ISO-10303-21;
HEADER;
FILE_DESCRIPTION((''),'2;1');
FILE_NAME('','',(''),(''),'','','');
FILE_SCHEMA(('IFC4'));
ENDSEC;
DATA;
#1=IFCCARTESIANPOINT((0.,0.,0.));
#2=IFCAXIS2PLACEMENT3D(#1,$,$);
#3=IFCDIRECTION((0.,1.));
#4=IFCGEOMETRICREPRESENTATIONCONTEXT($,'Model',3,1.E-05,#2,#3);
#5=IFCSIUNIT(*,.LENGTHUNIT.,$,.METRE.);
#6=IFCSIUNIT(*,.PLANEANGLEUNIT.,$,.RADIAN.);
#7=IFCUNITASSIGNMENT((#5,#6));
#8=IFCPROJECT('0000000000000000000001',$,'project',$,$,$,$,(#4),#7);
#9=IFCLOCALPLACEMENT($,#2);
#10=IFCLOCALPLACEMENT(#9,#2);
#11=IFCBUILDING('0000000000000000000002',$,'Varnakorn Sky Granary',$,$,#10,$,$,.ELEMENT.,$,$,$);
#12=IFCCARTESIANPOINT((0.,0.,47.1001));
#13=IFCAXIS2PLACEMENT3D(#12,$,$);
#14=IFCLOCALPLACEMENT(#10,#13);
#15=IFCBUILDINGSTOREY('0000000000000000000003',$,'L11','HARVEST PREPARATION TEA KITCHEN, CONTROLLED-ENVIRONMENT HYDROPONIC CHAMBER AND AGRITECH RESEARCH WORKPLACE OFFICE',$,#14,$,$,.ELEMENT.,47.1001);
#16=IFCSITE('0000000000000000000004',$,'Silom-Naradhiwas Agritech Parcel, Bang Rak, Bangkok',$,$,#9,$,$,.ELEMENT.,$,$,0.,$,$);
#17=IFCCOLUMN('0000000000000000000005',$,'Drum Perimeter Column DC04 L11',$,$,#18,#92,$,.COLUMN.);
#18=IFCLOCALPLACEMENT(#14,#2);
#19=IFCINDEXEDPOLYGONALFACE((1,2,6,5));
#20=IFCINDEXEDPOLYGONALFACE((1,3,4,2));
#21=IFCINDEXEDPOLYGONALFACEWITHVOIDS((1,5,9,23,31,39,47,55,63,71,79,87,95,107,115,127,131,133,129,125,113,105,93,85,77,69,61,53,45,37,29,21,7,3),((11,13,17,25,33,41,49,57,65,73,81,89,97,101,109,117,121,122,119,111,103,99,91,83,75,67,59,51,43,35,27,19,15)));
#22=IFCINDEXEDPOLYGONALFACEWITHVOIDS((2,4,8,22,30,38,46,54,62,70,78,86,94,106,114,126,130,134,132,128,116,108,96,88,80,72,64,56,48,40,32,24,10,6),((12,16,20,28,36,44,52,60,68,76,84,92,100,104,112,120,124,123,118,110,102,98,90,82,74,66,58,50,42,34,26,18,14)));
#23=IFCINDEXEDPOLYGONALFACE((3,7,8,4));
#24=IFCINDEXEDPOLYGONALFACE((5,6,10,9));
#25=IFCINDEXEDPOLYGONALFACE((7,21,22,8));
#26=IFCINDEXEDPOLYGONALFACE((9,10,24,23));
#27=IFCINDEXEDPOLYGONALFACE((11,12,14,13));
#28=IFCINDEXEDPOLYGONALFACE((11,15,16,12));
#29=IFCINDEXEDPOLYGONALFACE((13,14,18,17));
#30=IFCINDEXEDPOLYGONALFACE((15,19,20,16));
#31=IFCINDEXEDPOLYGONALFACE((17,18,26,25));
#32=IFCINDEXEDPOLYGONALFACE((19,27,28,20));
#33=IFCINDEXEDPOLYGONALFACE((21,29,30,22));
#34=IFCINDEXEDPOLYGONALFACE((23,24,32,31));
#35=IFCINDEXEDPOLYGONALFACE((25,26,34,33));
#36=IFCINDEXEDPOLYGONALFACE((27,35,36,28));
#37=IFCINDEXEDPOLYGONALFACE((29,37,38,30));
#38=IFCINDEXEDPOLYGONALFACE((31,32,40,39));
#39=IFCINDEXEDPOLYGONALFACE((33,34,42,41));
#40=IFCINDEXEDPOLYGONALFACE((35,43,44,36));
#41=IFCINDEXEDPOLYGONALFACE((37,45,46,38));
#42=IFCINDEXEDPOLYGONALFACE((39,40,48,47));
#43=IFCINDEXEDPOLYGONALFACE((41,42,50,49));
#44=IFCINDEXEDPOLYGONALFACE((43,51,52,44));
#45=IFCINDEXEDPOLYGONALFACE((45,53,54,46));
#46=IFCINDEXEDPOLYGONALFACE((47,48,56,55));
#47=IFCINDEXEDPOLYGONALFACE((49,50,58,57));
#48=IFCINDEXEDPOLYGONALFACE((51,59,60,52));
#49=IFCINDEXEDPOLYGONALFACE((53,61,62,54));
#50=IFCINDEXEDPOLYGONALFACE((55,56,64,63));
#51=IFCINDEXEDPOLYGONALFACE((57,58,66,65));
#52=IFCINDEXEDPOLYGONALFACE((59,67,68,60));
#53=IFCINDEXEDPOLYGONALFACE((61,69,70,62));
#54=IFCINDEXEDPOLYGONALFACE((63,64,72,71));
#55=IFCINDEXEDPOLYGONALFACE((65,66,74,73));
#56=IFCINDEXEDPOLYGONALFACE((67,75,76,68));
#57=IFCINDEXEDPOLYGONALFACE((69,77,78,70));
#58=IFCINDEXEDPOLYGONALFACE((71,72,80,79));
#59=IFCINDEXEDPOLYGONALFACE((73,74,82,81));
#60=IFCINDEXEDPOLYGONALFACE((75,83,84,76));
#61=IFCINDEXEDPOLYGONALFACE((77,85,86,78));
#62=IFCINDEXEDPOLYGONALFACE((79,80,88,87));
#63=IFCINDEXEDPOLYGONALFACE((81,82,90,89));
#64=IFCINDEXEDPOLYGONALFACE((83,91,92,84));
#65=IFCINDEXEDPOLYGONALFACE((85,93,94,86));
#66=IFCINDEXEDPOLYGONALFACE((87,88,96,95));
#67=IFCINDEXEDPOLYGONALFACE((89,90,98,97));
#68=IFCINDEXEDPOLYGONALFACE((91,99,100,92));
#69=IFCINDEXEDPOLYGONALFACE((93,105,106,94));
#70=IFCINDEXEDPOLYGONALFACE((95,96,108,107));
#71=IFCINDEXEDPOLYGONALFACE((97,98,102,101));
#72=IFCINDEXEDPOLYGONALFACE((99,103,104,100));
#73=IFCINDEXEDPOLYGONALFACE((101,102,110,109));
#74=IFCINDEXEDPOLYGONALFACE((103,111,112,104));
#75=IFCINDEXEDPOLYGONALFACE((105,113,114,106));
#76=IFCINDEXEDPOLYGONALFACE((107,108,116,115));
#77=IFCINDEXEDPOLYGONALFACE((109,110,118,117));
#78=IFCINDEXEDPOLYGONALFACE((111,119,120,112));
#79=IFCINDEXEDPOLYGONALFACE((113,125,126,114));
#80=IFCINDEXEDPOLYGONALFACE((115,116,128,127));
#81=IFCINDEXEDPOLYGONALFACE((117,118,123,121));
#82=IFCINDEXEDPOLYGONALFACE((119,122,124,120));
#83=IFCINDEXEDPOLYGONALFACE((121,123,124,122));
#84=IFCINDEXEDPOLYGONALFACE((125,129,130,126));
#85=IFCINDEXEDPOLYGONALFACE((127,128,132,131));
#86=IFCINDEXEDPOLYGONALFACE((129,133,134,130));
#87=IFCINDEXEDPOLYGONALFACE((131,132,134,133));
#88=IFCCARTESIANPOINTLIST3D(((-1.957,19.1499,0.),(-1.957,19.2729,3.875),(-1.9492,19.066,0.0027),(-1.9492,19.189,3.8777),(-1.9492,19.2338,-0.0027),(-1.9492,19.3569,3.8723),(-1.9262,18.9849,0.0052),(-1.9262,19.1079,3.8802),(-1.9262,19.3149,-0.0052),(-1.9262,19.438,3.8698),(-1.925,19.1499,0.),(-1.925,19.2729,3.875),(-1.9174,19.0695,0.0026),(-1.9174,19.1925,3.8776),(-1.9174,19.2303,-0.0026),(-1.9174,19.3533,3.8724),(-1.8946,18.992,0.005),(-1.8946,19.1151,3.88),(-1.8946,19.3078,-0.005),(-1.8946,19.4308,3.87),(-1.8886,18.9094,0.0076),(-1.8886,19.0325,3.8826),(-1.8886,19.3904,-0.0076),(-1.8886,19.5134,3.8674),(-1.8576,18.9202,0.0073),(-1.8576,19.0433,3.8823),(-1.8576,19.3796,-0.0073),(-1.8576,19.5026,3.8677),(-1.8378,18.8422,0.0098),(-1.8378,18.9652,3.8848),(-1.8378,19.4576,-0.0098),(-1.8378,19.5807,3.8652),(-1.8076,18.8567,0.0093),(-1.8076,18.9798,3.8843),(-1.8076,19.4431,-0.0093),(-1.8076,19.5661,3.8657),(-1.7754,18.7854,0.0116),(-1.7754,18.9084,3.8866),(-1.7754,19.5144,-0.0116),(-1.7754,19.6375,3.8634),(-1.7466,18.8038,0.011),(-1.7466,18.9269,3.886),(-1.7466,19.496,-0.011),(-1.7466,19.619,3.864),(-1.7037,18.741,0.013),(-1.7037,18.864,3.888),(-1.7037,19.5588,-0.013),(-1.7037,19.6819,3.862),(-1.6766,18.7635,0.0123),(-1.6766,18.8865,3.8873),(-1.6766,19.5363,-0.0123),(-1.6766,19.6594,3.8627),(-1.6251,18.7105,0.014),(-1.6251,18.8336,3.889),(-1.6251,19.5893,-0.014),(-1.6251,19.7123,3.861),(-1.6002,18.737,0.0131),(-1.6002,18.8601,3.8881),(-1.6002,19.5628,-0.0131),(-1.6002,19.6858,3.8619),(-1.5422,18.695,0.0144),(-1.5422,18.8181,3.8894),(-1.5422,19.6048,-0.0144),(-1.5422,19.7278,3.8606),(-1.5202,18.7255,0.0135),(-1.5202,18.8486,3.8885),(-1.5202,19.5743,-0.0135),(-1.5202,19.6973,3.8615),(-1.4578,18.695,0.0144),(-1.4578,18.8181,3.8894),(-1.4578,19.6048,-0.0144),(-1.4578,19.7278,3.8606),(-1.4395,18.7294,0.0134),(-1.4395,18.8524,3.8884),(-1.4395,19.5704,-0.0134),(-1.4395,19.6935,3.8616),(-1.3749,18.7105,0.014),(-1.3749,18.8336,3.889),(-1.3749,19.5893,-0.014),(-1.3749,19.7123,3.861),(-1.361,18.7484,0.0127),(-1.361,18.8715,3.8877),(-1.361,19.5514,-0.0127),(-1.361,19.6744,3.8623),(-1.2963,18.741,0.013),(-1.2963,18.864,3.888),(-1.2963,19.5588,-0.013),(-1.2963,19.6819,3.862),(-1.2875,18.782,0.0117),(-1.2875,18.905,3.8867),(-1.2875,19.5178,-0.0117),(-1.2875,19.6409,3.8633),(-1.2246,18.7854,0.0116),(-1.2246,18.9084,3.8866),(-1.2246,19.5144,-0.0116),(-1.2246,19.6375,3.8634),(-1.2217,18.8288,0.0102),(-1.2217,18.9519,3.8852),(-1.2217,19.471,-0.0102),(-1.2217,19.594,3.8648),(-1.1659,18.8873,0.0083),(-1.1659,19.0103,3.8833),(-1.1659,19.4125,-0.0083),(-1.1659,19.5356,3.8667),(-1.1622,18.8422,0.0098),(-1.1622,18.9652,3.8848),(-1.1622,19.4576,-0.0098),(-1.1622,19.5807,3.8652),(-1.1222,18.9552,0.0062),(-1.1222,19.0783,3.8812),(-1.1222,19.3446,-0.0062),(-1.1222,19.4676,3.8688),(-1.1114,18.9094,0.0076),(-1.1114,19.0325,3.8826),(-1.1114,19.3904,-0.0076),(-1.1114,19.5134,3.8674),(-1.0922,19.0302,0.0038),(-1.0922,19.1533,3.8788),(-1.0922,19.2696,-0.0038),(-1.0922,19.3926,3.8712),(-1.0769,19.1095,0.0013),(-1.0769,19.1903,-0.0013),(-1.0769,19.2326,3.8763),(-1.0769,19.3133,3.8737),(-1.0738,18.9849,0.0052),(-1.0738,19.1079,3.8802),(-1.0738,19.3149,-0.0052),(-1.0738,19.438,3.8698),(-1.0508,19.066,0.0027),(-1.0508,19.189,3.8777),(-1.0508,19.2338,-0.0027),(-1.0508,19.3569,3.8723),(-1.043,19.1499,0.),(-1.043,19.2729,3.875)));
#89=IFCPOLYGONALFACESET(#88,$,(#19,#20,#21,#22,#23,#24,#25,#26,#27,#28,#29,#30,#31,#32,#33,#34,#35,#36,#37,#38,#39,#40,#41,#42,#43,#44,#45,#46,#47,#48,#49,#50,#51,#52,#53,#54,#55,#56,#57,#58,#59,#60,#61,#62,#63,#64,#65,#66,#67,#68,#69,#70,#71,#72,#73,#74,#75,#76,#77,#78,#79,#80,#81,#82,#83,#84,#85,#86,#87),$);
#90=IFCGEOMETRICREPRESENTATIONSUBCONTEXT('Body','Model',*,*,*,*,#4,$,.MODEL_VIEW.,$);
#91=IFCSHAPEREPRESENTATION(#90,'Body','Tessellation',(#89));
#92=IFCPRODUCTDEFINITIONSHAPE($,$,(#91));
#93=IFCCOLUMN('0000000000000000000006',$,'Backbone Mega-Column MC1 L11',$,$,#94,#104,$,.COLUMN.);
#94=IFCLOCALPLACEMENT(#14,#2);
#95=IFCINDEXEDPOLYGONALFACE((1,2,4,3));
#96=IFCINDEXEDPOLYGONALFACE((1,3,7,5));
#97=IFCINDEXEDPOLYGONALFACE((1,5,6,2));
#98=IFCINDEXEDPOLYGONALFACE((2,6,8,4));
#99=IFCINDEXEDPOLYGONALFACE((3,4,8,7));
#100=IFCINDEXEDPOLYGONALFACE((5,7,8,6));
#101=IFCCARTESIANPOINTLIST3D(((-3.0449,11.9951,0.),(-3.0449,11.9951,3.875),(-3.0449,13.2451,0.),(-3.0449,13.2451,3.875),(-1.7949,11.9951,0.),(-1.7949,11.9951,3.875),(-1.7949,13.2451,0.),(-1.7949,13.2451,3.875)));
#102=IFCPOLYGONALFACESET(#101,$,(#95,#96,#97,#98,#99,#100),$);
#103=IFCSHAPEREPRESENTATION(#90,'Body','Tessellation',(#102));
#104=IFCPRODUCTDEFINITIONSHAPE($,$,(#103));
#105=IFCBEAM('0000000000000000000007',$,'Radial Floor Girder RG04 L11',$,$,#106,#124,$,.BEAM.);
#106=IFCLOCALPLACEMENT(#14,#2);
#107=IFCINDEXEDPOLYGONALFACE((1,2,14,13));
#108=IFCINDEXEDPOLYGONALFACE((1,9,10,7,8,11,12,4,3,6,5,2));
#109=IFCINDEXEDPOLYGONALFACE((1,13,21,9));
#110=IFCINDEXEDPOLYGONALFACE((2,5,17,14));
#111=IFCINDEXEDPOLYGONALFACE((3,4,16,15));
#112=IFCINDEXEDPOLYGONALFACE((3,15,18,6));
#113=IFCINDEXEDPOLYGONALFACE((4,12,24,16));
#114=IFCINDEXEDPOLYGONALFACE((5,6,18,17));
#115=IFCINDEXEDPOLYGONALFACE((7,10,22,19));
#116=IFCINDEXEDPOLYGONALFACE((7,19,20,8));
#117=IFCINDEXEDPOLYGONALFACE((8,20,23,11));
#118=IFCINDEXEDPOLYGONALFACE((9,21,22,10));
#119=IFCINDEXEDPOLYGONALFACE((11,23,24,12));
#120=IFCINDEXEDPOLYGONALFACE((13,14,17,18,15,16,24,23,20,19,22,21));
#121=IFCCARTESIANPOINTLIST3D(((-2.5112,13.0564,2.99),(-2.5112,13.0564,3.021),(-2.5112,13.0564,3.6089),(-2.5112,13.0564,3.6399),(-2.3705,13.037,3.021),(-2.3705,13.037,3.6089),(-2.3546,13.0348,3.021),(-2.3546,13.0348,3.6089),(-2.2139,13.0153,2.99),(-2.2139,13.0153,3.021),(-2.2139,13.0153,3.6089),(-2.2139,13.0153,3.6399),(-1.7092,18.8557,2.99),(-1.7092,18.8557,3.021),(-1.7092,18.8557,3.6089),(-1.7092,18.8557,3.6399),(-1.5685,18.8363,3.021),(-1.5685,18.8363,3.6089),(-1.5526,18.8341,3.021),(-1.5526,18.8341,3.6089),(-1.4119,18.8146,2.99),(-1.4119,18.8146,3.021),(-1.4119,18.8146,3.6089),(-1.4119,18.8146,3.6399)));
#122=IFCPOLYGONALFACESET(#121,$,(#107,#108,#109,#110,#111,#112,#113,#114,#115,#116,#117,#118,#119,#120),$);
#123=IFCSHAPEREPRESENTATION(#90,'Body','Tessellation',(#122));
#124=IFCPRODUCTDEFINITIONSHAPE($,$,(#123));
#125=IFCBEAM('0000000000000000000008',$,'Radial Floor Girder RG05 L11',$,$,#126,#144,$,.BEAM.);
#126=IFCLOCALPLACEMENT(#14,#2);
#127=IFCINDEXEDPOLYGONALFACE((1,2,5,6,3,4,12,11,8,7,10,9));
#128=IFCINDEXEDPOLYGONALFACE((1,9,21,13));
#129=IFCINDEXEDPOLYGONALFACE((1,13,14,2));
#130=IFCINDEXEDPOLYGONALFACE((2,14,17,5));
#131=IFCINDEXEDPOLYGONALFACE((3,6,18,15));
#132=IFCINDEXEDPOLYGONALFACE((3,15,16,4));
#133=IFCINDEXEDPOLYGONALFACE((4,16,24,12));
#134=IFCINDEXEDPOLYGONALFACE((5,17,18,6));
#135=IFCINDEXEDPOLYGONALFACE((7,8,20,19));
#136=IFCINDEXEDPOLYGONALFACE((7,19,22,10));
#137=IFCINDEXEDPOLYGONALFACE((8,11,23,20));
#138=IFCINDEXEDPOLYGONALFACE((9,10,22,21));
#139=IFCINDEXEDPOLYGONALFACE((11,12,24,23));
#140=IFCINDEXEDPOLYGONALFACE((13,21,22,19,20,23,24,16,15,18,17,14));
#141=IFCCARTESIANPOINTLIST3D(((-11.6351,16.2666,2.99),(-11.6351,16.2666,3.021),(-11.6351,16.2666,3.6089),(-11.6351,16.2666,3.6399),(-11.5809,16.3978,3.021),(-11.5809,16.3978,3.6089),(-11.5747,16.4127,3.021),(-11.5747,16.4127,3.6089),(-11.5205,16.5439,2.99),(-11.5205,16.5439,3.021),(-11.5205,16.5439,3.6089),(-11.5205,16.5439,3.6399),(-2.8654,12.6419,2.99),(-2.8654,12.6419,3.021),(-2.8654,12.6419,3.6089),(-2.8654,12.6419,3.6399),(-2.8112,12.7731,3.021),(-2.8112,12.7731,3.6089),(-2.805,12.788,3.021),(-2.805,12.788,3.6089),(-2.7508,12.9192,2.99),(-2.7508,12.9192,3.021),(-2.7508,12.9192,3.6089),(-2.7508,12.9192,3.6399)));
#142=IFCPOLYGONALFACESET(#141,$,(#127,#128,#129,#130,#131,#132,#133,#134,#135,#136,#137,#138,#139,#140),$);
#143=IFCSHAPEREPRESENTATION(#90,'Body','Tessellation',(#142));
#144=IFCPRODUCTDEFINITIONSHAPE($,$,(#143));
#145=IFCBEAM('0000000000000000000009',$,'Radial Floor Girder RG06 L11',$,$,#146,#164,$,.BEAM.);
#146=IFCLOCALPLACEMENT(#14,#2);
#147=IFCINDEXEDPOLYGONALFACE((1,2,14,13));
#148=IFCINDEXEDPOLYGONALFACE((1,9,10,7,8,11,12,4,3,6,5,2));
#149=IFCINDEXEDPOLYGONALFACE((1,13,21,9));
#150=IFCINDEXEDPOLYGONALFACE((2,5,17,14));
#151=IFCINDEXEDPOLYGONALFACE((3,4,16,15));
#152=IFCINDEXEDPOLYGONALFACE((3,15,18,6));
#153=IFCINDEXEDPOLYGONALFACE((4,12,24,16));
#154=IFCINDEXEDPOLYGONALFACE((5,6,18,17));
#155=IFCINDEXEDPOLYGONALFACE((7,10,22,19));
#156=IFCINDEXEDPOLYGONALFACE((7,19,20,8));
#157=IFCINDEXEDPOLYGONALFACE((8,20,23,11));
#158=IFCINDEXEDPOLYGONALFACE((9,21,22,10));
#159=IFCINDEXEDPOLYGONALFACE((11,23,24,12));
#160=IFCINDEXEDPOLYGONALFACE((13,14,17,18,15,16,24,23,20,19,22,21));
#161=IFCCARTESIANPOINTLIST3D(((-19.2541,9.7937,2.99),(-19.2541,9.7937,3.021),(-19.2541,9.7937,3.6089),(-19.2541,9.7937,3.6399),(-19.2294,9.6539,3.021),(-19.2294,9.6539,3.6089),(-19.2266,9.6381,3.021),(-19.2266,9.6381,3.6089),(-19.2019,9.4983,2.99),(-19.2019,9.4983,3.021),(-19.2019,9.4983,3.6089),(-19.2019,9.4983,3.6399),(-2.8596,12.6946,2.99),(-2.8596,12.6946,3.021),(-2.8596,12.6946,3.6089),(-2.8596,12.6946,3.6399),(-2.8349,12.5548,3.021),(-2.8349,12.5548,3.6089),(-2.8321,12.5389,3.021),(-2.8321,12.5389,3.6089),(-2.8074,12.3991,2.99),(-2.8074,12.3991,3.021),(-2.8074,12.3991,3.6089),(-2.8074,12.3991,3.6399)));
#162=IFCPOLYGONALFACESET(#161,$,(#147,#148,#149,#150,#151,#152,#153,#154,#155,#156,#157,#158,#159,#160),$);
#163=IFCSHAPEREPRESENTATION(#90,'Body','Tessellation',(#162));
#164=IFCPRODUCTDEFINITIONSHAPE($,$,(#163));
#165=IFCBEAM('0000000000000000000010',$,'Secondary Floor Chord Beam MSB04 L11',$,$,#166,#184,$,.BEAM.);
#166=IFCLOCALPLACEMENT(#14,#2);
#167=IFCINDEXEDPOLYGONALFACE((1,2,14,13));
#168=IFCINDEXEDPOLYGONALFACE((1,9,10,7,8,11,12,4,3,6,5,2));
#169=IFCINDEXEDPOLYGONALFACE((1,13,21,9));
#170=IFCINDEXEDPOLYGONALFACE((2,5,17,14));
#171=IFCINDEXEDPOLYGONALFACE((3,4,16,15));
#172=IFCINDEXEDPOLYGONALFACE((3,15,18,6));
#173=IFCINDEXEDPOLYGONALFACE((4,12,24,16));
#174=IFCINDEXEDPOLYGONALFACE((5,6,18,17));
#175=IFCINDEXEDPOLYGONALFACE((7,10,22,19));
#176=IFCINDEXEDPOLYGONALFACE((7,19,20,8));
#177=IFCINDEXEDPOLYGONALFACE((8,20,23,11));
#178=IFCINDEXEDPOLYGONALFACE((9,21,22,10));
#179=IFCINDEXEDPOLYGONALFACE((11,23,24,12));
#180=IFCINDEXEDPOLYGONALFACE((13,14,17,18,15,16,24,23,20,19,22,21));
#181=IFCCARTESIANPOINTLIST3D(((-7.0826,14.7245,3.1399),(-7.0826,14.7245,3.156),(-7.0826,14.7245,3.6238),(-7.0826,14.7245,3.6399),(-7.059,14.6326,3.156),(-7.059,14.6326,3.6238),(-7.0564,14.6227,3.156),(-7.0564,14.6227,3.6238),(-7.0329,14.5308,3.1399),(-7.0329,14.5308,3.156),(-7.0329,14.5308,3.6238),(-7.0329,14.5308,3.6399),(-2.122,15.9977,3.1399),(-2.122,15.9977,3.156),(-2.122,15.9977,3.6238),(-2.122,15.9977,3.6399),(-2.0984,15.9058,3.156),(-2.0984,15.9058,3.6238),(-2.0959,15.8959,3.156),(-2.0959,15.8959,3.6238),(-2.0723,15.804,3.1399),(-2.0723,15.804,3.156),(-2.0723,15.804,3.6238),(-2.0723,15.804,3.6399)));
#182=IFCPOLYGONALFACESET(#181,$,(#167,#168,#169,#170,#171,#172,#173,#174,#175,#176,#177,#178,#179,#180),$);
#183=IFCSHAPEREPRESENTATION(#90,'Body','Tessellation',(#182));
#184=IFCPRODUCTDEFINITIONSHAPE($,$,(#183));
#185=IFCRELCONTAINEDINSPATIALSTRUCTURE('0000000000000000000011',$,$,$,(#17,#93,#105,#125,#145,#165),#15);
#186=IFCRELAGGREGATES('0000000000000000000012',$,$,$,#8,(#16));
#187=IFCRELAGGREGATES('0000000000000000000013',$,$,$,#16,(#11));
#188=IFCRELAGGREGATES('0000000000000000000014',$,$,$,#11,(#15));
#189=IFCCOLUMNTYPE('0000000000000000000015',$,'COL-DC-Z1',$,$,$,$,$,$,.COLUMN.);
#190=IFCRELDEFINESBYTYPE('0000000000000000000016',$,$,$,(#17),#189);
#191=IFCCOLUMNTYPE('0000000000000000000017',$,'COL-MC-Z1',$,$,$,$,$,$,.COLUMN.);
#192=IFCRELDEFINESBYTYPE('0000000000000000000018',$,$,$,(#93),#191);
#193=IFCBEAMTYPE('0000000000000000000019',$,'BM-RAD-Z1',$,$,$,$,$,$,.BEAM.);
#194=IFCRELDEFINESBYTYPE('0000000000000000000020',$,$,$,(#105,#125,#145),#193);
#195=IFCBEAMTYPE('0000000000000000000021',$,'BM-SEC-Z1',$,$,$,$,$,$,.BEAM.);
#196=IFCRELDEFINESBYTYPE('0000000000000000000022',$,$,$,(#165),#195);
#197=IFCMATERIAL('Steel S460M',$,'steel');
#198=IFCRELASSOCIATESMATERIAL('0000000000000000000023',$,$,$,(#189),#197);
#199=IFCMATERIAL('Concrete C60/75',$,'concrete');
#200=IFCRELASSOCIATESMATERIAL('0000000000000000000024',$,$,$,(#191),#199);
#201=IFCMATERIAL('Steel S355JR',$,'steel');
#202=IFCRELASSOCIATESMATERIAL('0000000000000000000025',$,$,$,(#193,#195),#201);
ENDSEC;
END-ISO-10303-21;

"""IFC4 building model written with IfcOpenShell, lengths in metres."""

from ifc_helpers import new_model, si_unit, direction, frame, origin, origin_2d, place, context, subcontext, project, spatial, rectangle, hollow_circle, i_section, extrude, material, material_profile, profile_set, type_object, element, save


model = new_model("IFC4")

# Units and contexts
model_context = context("Model", 3, precision=1e-05, world=origin(), true_north=direction((0.0, 1.0)))
body_context = subcontext(model_context, "Body", "Model", "MODEL_VIEW")
ifc_project = project(units=[si_unit("LENGTHUNIT", "METRE"), si_unit("PLANEANGLEUNIT", "RADIAN")], contexts=[model_context])

# Site, building, storey
site_placement = place(None, origin())
site = spatial("IfcSite", under=ifc_project, at=site_placement, Name="Silom-Naradhiwas Agritech Parcel, Bang Rak, Bangkok", CompositionType="ELEMENT", RefElevation=0.0)
building_placement = place(site_placement, origin())
building = spatial("IfcBuilding", under=site, at=building_placement, Name="Varnakorn Sky Granary", CompositionType="ELEMENT")
storey_placement = place(building_placement, frame((0.0, 0.0, 47.1001)))
storey = spatial("IfcBuildingStorey", under=building, at=storey_placement, Name="L11", Description="HARVEST PREPARATION TEA KITCHEN, CONTROLLED-ENVIRONMENT HYDROPONIC CHAMBER AND AGRITECH RESEARCH WORKPLACE OFFICE", CompositionType="ELEMENT", Elevation=47.1001)

# Columns
ifc_material_1 = material(Name="Steel S460M", Category="steel")
ifc_material_profile_1 = material_profile(ifc_material_1, hollow_circle(Radius=0.457, WallThickness=0.032, at=origin_2d()), Name="CHS 914x32")
ifc_profile_set_1 = profile_set([ifc_material_profile_1], Name="Steel S460M")
column_type_1 = type_object("IfcColumnType", Name="COL-DC-Z1", PredefinedType="COLUMN", material=ifc_profile_set_1)
column_1_placement = place(storey_placement, frame((-1.5, 19.1499, 0.0), z_axis=(0.0, 0.031738, 0.999496), x_axis=(-1.0, 0.0, 0.0)))
element("IfcColumn", 1, at=column_1_placement, inside=storey, type_object=column_type_1, Name="Drum Perimeter Column DC04 L11", PredefinedType="COLUMN", context=body_context, shape_type="SweptSolid", body=[
    extrude(hollow_circle(Radius=0.457, WallThickness=0.032, at=origin_2d()), origin(), (0.0, 0.0, 1.0), 3.877),
])
ifc_material_2 = material(Name="Concrete C60/75", Category="concrete")
ifc_material_profile_2 = material_profile(ifc_material_2, rectangle(XDim=1.25, YDim=1.25, at=origin_2d()), Name="RC 1250x1250")
ifc_profile_set_2 = profile_set([ifc_material_profile_2], Name="Concrete C60/75")
column_type_2 = type_object("IfcColumnType", Name="COL-MC-Z1", PredefinedType="COLUMN", material=ifc_profile_set_2)
column_2_placement = place(storey_placement, frame((-2.4199, 12.6201, 0.0), z_axis=(0.0, 0.0, 1.0), x_axis=(1.0, 0.0, 0.0)))
element("IfcColumn", 2, at=column_2_placement, inside=storey, type_object=column_type_2, Name="Backbone Mega-Column MC1 L11", PredefinedType="COLUMN", context=body_context, shape_type="SweptSolid", body=[
    extrude(rectangle(XDim=1.25, YDim=1.25, at=origin_2d()), origin(), (0.0, 0.0, 1.0), 3.875),
])

# Beams
ifc_material_3 = material(Name="Steel S355JR", Category="steel")
ifc_material_profile_3 = material_profile(ifc_material_3, i_section(OverallWidth=0.3, OverallDepth=0.6499, WebThickness=0.0161, FlangeThickness=0.031, at=origin_2d()), Name="HE 650 B")
ifc_profile_set_3 = profile_set([ifc_material_profile_3], Name="Steel S355JR")
beam_type_1 = type_object("IfcBeamType", Name="BM-RAD-Z1", PredefinedType="BEAM", material=ifc_profile_set_3)
beam_1_placement = place(storey_placement, frame((-2.3625, 13.0359, 3.3149), z_axis=(0.136989, 0.990573, 0.0), x_axis=(-0.990573, 0.136989, 0.0)))
element("IfcBeam", 3, at=beam_1_placement, inside=storey, type_object=beam_type_1, Name="Radial Floor Girder RG04 L11", PredefinedType="BEAM", context=body_context, shape_type="SweptSolid", body=[
    extrude(i_section(OverallWidth=0.3, OverallDepth=0.6499, WebThickness=0.0161, FlangeThickness=0.031, at=origin_2d()), origin(), (0.0, 0.0, 1.0), 5.8545),
])
beam_2_placement = place(storey_placement, frame((-2.8081, 12.7805, 3.3149), z_axis=(-0.92417, 0.381981, 0.0), x_axis=(-0.381981, -0.92417, 0.0)))
element("IfcBeam", 4, at=beam_2_placement, inside=storey, type_object=beam_type_1, Name="Radial Floor Girder RG05 L11", PredefinedType="BEAM", context=body_context, shape_type="SweptSolid", body=[
    extrude(i_section(OverallWidth=0.3, OverallDepth=0.6499, WebThickness=0.0161, FlangeThickness=0.031, at=origin_2d()), origin(), (0.0, 0.0, 1.0), 9.4893),
])
beam_3_placement = place(storey_placement, frame((-2.8335, 12.5469, 3.3149), z_axis=(-0.984704, -0.174235, 0.0), x_axis=(0.174235, -0.984704, 0.0)))
element("IfcBeam", 5, at=beam_3_placement, inside=storey, type_object=beam_type_1, Name="Radial Floor Girder RG06 L11", PredefinedType="BEAM", context=body_context, shape_type="SweptSolid", body=[
    extrude(i_section(OverallWidth=0.3, OverallDepth=0.6499, WebThickness=0.0161, FlangeThickness=0.031, at=origin_2d()), origin(), (0.0, 0.0, 1.0), 16.6492),
])
ifc_material_profile_4 = material_profile(ifc_material_3, i_section(OverallWidth=0.2, OverallDepth=0.5, WebThickness=0.0103, FlangeThickness=0.0161, at=origin_2d()), Name="IPE 500")
ifc_profile_set_4 = profile_set([ifc_material_profile_4], Name="Steel S355JR")
beam_type_2 = type_object("IfcBeamType", Name="BM-SEC-Z1", PredefinedType="BEAM", material=ifc_profile_set_4)
beam_4_placement = place(storey_placement, frame((-2.0972, 15.9009, 3.3899), z_axis=(-0.968604, -0.24861, 0.0), x_axis=(0.24861, -0.968604, 0.0)))
element("IfcBeam", 6, at=beam_4_placement, inside=storey, type_object=beam_type_2, Name="Secondary Floor Chord Beam MSB04 L11", PredefinedType="BEAM", context=body_context, shape_type="SweptSolid", body=[
    extrude(i_section(OverallWidth=0.2, OverallDepth=0.5, WebThickness=0.0103, FlangeThickness=0.0161, at=origin_2d()), origin(), (0.0, 0.0, 1.0), 5.1213),
])

save(model, "model.ifc")
